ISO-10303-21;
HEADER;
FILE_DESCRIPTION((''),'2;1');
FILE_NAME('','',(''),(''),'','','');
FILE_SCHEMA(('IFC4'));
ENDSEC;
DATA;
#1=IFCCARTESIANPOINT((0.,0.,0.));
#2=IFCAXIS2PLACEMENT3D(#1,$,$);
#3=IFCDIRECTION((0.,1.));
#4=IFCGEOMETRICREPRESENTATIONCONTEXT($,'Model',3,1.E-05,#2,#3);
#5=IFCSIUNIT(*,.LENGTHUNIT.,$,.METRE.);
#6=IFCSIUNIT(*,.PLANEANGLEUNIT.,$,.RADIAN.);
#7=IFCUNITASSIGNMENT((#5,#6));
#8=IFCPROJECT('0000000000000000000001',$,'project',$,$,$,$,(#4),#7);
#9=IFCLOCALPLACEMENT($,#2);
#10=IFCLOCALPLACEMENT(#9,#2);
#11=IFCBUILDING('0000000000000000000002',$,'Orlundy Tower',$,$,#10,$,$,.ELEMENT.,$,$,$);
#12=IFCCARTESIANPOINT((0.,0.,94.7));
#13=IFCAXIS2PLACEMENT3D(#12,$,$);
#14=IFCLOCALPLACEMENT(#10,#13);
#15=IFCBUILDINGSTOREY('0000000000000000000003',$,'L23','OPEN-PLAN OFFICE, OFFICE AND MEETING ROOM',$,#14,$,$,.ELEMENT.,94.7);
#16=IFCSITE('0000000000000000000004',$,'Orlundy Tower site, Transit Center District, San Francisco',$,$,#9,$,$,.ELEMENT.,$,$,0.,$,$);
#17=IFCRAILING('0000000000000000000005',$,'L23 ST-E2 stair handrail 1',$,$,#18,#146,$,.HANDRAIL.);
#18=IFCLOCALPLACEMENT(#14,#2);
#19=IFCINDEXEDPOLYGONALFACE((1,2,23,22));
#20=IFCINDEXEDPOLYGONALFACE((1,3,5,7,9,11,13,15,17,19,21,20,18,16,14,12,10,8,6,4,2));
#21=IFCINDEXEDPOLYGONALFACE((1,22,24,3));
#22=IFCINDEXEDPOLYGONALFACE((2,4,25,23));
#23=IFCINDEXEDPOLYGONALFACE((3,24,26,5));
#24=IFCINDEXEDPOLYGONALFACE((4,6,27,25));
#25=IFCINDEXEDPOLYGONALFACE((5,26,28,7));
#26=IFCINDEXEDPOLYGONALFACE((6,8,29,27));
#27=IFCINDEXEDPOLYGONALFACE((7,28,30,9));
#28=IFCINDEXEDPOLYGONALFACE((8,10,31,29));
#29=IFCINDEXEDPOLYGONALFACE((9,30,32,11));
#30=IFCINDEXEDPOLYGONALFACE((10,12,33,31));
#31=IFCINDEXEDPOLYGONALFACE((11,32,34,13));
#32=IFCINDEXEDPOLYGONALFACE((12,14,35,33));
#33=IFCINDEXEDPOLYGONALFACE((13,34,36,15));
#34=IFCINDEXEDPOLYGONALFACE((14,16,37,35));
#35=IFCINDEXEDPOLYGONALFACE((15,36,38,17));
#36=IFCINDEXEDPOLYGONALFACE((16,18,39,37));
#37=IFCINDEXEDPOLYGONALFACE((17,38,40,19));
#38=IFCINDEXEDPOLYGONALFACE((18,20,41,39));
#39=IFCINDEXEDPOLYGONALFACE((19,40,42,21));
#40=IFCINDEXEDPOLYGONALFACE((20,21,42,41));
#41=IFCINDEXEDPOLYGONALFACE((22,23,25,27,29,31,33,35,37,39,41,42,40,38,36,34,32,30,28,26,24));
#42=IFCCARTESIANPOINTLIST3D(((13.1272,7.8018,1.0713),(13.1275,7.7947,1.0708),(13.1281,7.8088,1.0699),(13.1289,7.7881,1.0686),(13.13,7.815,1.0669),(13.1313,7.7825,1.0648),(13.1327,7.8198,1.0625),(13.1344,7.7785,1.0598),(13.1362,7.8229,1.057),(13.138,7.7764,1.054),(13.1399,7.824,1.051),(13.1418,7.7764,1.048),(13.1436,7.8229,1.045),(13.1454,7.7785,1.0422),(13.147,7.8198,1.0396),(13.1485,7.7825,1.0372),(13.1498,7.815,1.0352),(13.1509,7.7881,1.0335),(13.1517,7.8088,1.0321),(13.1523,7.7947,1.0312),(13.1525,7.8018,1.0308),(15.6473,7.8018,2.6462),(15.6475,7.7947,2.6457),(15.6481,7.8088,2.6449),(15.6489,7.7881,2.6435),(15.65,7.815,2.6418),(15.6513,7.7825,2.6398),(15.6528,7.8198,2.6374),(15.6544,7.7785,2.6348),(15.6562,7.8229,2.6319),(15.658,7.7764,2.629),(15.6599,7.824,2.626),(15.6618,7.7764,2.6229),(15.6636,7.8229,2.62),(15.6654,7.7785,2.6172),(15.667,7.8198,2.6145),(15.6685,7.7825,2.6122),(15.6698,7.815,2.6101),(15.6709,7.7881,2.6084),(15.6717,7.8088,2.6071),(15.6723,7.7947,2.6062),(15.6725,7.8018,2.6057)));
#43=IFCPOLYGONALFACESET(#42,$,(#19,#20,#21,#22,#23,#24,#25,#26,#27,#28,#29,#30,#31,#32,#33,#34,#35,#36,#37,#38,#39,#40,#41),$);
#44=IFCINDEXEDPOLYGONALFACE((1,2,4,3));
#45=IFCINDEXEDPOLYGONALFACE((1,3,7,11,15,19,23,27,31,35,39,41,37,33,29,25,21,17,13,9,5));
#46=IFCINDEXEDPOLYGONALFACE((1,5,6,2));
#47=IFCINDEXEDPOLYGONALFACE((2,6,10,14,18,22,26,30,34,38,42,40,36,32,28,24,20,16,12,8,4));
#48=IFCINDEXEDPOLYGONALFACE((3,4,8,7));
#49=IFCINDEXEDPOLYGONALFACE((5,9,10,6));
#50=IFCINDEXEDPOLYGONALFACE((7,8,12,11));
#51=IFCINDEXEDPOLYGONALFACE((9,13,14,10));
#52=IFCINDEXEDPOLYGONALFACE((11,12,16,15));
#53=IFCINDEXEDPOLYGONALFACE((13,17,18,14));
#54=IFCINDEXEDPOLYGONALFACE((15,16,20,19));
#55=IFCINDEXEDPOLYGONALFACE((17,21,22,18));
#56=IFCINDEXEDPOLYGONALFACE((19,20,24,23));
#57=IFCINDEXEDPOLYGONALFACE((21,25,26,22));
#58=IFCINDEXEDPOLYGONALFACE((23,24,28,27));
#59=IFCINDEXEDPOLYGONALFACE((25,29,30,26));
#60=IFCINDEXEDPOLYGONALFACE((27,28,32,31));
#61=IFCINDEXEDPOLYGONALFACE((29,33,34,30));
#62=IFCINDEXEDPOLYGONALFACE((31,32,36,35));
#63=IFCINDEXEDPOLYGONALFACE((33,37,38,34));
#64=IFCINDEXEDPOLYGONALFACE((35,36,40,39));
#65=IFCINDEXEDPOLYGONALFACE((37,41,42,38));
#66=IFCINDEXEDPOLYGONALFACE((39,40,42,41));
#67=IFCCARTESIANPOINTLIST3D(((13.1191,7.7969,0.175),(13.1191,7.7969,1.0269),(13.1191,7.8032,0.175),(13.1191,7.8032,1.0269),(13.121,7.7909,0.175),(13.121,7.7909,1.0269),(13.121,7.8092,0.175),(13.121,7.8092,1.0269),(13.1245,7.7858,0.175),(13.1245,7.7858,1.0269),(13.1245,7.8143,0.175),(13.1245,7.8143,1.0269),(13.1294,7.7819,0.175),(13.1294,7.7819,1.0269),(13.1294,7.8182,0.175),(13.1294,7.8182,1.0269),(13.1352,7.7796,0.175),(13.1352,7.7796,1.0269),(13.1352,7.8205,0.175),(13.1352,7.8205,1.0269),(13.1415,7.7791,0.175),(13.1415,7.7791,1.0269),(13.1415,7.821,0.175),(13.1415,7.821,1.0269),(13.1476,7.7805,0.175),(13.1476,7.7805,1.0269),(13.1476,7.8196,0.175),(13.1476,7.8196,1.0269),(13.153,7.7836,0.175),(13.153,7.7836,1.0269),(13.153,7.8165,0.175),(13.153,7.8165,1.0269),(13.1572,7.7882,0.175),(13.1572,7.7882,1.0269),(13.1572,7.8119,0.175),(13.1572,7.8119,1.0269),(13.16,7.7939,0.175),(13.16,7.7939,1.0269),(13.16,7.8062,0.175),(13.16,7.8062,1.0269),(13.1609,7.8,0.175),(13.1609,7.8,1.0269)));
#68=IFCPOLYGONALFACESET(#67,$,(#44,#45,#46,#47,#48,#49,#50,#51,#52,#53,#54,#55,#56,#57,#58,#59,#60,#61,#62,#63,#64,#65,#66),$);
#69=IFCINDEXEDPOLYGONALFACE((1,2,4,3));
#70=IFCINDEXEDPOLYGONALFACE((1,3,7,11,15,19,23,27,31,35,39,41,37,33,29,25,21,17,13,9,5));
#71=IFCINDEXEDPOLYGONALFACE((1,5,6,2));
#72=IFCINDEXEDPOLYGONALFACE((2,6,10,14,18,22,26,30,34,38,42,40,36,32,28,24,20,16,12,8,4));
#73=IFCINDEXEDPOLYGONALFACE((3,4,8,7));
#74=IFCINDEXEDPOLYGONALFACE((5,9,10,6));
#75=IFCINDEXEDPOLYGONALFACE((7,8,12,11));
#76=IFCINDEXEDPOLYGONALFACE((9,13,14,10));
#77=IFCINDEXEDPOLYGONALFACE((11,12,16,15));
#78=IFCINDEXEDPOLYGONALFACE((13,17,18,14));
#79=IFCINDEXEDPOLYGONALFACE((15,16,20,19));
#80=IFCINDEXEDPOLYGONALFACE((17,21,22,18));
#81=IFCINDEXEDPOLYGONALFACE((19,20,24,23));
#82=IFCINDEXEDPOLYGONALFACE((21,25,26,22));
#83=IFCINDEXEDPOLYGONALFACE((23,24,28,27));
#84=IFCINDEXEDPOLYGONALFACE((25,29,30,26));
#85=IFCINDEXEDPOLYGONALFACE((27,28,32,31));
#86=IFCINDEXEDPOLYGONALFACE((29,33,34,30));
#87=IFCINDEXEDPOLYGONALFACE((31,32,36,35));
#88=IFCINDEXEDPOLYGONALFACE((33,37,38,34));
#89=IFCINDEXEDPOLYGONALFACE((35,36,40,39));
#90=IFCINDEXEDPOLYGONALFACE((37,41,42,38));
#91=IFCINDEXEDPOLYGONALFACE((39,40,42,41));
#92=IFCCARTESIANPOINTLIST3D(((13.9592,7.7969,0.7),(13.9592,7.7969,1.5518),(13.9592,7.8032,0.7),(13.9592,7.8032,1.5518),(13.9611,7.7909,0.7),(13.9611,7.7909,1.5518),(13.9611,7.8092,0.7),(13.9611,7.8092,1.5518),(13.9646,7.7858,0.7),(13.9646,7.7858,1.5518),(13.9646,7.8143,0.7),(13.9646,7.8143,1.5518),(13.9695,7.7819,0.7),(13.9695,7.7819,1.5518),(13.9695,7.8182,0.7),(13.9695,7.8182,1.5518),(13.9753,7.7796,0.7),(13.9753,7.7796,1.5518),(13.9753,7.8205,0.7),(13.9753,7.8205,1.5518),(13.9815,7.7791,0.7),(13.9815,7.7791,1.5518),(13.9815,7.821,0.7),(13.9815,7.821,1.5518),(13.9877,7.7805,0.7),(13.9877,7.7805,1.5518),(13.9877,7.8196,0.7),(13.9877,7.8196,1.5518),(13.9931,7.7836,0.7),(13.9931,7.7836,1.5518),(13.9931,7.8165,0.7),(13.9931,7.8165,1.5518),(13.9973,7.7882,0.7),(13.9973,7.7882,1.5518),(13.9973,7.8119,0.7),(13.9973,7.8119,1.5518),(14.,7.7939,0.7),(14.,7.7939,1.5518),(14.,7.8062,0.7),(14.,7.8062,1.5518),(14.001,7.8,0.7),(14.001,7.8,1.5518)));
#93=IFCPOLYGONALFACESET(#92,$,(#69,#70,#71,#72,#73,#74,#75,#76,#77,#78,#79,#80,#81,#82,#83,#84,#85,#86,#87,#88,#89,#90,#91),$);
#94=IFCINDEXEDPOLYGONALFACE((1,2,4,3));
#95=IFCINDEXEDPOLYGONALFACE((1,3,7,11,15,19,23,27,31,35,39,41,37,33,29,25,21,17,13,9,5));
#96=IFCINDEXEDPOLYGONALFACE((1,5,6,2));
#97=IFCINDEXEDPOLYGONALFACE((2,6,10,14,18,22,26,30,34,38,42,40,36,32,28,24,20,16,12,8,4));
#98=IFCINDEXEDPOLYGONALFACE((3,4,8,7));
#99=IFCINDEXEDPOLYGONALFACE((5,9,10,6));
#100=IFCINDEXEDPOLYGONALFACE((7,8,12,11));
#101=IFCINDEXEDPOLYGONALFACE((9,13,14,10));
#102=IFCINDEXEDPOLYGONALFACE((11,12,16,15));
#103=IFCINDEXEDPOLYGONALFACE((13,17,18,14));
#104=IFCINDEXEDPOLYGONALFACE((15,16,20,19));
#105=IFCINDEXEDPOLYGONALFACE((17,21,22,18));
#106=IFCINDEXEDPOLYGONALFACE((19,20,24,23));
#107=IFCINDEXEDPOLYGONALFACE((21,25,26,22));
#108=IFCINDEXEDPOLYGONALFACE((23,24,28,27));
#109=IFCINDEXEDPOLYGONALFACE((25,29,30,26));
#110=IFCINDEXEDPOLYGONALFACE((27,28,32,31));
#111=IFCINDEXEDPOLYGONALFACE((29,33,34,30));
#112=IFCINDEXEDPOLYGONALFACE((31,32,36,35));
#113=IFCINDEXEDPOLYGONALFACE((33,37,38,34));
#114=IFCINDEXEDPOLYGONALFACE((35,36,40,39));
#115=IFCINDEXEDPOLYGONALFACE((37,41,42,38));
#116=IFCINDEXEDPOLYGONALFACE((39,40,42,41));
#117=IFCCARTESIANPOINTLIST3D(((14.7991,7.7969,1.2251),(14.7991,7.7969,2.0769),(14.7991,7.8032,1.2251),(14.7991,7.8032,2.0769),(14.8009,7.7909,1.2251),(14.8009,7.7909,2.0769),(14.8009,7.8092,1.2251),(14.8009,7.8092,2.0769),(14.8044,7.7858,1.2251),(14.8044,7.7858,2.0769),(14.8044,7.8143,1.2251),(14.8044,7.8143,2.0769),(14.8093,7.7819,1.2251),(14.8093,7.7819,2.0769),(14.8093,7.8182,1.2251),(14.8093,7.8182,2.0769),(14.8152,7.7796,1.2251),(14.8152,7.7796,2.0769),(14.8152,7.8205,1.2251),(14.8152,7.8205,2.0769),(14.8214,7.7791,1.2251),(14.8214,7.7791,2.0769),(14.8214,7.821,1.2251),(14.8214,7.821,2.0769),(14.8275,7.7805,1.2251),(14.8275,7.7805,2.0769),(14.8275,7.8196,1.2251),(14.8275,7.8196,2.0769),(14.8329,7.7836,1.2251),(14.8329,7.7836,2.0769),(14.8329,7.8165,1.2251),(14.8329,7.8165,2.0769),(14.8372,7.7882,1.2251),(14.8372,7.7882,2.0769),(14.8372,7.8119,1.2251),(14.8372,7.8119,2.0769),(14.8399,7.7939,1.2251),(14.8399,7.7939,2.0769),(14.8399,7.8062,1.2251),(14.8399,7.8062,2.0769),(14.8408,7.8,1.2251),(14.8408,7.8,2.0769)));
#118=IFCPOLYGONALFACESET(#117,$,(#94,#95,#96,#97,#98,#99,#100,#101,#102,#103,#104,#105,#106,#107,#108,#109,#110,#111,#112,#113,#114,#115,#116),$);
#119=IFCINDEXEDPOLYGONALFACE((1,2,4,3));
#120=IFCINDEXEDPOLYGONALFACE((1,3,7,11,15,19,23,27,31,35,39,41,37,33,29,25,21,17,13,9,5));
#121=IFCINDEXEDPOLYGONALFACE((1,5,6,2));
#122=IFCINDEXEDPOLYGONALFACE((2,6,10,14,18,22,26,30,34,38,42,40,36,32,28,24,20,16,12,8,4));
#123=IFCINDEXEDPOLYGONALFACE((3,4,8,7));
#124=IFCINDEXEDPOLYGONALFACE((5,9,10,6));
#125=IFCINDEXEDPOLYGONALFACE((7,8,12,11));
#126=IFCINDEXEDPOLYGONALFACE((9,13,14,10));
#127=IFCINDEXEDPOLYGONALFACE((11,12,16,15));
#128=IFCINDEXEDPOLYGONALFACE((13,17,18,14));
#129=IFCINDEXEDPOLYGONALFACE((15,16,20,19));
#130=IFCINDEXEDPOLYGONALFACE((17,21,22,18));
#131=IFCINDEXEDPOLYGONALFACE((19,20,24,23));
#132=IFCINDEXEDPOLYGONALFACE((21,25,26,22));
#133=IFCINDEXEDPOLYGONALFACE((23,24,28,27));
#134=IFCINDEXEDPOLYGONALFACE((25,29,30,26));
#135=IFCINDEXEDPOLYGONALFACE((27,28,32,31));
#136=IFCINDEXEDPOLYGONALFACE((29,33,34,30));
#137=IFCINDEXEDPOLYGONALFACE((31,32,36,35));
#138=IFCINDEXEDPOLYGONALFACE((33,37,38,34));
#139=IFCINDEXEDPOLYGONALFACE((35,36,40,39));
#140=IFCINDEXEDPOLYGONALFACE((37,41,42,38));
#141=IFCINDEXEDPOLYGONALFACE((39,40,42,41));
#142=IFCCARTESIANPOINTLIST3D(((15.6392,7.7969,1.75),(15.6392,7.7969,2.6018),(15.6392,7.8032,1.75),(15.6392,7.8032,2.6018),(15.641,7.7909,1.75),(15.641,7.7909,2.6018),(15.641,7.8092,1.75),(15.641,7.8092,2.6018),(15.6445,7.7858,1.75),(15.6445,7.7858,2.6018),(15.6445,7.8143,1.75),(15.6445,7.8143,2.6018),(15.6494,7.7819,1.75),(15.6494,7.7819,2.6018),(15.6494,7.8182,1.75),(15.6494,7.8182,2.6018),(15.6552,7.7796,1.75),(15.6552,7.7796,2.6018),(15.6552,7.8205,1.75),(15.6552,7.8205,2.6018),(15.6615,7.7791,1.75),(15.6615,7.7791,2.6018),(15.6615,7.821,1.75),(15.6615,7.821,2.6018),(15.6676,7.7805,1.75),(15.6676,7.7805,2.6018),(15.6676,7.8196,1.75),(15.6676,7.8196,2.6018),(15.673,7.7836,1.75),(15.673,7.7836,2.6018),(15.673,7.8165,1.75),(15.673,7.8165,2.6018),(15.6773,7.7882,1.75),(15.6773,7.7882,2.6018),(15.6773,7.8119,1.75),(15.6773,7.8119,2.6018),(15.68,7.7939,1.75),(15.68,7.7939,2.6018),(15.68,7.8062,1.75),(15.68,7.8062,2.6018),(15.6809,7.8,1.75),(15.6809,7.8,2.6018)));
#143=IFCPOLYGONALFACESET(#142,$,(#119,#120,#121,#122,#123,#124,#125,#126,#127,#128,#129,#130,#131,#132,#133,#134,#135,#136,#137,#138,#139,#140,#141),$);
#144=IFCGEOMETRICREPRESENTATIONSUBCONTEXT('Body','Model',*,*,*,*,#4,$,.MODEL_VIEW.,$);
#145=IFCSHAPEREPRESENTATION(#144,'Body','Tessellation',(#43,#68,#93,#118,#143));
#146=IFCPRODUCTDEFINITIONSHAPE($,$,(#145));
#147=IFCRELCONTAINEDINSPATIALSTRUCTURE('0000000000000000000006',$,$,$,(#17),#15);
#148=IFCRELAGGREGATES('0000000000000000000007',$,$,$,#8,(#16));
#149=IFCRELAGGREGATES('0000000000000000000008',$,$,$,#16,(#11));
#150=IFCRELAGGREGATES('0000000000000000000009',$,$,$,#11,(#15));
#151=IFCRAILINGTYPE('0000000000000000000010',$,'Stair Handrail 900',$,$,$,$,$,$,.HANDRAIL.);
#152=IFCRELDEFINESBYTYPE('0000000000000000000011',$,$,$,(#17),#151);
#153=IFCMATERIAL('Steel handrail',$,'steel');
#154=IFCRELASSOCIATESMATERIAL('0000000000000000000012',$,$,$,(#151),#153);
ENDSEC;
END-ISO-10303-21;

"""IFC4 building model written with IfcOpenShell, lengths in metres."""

from ifc_helpers import new_model, si_unit, direction, frame, origin, origin_2d, place, context, subcontext, project, spatial, circle, extrude, material, type_object, element, save


model = new_model("IFC4")

# Units and contexts
model_context = context("Model", 3, precision=1e-05, world=origin(), true_north=direction((0.0, 1.0)))
body_context = subcontext(model_context, "Body", "Model", "MODEL_VIEW")
ifc_project = project(units=[si_unit("LENGTHUNIT", "METRE"), si_unit("PLANEANGLEUNIT", "RADIAN")], contexts=[model_context])

# Site, building, storey
site_placement = place(None, origin())
site = spatial("IfcSite", under=ifc_project, at=site_placement, Name="Orlundy Tower site, Transit Center District, San Francisco", CompositionType="ELEMENT", RefElevation=0.0)
building_placement = place(site_placement, origin())
building = spatial("IfcBuilding", under=site, at=building_placement, Name="Orlundy Tower", CompositionType="ELEMENT")
storey_placement = place(building_placement, frame((0.0, 0.0, 94.7)))
storey = spatial("IfcBuildingStorey", under=building, at=storey_placement, Name="L23", Description="OPEN-PLAN OFFICE, OFFICE AND MEETING ROOM", CompositionType="ELEMENT", Elevation=94.7)

# Railing
ifc_material_1 = material(Name="Steel handrail", Category="steel")
railing_type = type_object("IfcRailingType", Name="Stair Handrail 900", PredefinedType="HANDRAIL", material=ifc_material_1)
railing_placement = place(storey_placement, frame((13.1399, 7.8, 0.175)))
element("IfcRailing", 1, at=railing_placement, inside=storey, type_object=railing_type, Name="L23 ST-E2 stair handrail 1", PredefinedType="HANDRAIL", context=body_context, shape_type="SweptSolid", body=[
    extrude(circle(Radius=0.0239, at=origin_2d()), frame((0.0, 0.0, 0.876), z_axis=(0.848008, 0.0, 0.529984), x_axis=(0.0, 1.0, 0.0)), (0.0, 0.0, 1.0), 2.9717),
    extrude(circle(Radius=0.021, at=origin_2d()), origin(), (0.0, 0.0, 1.0), 0.8518),
    extrude(circle(Radius=0.021, at=origin_2d()), frame((0.8401, 0.0, 0.5249)), (0.0, 0.0, 1.0), 0.8518),
    extrude(circle(Radius=0.021, at=origin_2d()), frame((1.6799, 0.0, 1.05)), (0.0, 0.0, 1.0), 0.8518),
    extrude(circle(Radius=0.021, at=origin_2d()), frame((2.52, 0.0, 1.575)), (0.0, 0.0, 1.0), 0.8518),
])

save(model, "model.ifc")
